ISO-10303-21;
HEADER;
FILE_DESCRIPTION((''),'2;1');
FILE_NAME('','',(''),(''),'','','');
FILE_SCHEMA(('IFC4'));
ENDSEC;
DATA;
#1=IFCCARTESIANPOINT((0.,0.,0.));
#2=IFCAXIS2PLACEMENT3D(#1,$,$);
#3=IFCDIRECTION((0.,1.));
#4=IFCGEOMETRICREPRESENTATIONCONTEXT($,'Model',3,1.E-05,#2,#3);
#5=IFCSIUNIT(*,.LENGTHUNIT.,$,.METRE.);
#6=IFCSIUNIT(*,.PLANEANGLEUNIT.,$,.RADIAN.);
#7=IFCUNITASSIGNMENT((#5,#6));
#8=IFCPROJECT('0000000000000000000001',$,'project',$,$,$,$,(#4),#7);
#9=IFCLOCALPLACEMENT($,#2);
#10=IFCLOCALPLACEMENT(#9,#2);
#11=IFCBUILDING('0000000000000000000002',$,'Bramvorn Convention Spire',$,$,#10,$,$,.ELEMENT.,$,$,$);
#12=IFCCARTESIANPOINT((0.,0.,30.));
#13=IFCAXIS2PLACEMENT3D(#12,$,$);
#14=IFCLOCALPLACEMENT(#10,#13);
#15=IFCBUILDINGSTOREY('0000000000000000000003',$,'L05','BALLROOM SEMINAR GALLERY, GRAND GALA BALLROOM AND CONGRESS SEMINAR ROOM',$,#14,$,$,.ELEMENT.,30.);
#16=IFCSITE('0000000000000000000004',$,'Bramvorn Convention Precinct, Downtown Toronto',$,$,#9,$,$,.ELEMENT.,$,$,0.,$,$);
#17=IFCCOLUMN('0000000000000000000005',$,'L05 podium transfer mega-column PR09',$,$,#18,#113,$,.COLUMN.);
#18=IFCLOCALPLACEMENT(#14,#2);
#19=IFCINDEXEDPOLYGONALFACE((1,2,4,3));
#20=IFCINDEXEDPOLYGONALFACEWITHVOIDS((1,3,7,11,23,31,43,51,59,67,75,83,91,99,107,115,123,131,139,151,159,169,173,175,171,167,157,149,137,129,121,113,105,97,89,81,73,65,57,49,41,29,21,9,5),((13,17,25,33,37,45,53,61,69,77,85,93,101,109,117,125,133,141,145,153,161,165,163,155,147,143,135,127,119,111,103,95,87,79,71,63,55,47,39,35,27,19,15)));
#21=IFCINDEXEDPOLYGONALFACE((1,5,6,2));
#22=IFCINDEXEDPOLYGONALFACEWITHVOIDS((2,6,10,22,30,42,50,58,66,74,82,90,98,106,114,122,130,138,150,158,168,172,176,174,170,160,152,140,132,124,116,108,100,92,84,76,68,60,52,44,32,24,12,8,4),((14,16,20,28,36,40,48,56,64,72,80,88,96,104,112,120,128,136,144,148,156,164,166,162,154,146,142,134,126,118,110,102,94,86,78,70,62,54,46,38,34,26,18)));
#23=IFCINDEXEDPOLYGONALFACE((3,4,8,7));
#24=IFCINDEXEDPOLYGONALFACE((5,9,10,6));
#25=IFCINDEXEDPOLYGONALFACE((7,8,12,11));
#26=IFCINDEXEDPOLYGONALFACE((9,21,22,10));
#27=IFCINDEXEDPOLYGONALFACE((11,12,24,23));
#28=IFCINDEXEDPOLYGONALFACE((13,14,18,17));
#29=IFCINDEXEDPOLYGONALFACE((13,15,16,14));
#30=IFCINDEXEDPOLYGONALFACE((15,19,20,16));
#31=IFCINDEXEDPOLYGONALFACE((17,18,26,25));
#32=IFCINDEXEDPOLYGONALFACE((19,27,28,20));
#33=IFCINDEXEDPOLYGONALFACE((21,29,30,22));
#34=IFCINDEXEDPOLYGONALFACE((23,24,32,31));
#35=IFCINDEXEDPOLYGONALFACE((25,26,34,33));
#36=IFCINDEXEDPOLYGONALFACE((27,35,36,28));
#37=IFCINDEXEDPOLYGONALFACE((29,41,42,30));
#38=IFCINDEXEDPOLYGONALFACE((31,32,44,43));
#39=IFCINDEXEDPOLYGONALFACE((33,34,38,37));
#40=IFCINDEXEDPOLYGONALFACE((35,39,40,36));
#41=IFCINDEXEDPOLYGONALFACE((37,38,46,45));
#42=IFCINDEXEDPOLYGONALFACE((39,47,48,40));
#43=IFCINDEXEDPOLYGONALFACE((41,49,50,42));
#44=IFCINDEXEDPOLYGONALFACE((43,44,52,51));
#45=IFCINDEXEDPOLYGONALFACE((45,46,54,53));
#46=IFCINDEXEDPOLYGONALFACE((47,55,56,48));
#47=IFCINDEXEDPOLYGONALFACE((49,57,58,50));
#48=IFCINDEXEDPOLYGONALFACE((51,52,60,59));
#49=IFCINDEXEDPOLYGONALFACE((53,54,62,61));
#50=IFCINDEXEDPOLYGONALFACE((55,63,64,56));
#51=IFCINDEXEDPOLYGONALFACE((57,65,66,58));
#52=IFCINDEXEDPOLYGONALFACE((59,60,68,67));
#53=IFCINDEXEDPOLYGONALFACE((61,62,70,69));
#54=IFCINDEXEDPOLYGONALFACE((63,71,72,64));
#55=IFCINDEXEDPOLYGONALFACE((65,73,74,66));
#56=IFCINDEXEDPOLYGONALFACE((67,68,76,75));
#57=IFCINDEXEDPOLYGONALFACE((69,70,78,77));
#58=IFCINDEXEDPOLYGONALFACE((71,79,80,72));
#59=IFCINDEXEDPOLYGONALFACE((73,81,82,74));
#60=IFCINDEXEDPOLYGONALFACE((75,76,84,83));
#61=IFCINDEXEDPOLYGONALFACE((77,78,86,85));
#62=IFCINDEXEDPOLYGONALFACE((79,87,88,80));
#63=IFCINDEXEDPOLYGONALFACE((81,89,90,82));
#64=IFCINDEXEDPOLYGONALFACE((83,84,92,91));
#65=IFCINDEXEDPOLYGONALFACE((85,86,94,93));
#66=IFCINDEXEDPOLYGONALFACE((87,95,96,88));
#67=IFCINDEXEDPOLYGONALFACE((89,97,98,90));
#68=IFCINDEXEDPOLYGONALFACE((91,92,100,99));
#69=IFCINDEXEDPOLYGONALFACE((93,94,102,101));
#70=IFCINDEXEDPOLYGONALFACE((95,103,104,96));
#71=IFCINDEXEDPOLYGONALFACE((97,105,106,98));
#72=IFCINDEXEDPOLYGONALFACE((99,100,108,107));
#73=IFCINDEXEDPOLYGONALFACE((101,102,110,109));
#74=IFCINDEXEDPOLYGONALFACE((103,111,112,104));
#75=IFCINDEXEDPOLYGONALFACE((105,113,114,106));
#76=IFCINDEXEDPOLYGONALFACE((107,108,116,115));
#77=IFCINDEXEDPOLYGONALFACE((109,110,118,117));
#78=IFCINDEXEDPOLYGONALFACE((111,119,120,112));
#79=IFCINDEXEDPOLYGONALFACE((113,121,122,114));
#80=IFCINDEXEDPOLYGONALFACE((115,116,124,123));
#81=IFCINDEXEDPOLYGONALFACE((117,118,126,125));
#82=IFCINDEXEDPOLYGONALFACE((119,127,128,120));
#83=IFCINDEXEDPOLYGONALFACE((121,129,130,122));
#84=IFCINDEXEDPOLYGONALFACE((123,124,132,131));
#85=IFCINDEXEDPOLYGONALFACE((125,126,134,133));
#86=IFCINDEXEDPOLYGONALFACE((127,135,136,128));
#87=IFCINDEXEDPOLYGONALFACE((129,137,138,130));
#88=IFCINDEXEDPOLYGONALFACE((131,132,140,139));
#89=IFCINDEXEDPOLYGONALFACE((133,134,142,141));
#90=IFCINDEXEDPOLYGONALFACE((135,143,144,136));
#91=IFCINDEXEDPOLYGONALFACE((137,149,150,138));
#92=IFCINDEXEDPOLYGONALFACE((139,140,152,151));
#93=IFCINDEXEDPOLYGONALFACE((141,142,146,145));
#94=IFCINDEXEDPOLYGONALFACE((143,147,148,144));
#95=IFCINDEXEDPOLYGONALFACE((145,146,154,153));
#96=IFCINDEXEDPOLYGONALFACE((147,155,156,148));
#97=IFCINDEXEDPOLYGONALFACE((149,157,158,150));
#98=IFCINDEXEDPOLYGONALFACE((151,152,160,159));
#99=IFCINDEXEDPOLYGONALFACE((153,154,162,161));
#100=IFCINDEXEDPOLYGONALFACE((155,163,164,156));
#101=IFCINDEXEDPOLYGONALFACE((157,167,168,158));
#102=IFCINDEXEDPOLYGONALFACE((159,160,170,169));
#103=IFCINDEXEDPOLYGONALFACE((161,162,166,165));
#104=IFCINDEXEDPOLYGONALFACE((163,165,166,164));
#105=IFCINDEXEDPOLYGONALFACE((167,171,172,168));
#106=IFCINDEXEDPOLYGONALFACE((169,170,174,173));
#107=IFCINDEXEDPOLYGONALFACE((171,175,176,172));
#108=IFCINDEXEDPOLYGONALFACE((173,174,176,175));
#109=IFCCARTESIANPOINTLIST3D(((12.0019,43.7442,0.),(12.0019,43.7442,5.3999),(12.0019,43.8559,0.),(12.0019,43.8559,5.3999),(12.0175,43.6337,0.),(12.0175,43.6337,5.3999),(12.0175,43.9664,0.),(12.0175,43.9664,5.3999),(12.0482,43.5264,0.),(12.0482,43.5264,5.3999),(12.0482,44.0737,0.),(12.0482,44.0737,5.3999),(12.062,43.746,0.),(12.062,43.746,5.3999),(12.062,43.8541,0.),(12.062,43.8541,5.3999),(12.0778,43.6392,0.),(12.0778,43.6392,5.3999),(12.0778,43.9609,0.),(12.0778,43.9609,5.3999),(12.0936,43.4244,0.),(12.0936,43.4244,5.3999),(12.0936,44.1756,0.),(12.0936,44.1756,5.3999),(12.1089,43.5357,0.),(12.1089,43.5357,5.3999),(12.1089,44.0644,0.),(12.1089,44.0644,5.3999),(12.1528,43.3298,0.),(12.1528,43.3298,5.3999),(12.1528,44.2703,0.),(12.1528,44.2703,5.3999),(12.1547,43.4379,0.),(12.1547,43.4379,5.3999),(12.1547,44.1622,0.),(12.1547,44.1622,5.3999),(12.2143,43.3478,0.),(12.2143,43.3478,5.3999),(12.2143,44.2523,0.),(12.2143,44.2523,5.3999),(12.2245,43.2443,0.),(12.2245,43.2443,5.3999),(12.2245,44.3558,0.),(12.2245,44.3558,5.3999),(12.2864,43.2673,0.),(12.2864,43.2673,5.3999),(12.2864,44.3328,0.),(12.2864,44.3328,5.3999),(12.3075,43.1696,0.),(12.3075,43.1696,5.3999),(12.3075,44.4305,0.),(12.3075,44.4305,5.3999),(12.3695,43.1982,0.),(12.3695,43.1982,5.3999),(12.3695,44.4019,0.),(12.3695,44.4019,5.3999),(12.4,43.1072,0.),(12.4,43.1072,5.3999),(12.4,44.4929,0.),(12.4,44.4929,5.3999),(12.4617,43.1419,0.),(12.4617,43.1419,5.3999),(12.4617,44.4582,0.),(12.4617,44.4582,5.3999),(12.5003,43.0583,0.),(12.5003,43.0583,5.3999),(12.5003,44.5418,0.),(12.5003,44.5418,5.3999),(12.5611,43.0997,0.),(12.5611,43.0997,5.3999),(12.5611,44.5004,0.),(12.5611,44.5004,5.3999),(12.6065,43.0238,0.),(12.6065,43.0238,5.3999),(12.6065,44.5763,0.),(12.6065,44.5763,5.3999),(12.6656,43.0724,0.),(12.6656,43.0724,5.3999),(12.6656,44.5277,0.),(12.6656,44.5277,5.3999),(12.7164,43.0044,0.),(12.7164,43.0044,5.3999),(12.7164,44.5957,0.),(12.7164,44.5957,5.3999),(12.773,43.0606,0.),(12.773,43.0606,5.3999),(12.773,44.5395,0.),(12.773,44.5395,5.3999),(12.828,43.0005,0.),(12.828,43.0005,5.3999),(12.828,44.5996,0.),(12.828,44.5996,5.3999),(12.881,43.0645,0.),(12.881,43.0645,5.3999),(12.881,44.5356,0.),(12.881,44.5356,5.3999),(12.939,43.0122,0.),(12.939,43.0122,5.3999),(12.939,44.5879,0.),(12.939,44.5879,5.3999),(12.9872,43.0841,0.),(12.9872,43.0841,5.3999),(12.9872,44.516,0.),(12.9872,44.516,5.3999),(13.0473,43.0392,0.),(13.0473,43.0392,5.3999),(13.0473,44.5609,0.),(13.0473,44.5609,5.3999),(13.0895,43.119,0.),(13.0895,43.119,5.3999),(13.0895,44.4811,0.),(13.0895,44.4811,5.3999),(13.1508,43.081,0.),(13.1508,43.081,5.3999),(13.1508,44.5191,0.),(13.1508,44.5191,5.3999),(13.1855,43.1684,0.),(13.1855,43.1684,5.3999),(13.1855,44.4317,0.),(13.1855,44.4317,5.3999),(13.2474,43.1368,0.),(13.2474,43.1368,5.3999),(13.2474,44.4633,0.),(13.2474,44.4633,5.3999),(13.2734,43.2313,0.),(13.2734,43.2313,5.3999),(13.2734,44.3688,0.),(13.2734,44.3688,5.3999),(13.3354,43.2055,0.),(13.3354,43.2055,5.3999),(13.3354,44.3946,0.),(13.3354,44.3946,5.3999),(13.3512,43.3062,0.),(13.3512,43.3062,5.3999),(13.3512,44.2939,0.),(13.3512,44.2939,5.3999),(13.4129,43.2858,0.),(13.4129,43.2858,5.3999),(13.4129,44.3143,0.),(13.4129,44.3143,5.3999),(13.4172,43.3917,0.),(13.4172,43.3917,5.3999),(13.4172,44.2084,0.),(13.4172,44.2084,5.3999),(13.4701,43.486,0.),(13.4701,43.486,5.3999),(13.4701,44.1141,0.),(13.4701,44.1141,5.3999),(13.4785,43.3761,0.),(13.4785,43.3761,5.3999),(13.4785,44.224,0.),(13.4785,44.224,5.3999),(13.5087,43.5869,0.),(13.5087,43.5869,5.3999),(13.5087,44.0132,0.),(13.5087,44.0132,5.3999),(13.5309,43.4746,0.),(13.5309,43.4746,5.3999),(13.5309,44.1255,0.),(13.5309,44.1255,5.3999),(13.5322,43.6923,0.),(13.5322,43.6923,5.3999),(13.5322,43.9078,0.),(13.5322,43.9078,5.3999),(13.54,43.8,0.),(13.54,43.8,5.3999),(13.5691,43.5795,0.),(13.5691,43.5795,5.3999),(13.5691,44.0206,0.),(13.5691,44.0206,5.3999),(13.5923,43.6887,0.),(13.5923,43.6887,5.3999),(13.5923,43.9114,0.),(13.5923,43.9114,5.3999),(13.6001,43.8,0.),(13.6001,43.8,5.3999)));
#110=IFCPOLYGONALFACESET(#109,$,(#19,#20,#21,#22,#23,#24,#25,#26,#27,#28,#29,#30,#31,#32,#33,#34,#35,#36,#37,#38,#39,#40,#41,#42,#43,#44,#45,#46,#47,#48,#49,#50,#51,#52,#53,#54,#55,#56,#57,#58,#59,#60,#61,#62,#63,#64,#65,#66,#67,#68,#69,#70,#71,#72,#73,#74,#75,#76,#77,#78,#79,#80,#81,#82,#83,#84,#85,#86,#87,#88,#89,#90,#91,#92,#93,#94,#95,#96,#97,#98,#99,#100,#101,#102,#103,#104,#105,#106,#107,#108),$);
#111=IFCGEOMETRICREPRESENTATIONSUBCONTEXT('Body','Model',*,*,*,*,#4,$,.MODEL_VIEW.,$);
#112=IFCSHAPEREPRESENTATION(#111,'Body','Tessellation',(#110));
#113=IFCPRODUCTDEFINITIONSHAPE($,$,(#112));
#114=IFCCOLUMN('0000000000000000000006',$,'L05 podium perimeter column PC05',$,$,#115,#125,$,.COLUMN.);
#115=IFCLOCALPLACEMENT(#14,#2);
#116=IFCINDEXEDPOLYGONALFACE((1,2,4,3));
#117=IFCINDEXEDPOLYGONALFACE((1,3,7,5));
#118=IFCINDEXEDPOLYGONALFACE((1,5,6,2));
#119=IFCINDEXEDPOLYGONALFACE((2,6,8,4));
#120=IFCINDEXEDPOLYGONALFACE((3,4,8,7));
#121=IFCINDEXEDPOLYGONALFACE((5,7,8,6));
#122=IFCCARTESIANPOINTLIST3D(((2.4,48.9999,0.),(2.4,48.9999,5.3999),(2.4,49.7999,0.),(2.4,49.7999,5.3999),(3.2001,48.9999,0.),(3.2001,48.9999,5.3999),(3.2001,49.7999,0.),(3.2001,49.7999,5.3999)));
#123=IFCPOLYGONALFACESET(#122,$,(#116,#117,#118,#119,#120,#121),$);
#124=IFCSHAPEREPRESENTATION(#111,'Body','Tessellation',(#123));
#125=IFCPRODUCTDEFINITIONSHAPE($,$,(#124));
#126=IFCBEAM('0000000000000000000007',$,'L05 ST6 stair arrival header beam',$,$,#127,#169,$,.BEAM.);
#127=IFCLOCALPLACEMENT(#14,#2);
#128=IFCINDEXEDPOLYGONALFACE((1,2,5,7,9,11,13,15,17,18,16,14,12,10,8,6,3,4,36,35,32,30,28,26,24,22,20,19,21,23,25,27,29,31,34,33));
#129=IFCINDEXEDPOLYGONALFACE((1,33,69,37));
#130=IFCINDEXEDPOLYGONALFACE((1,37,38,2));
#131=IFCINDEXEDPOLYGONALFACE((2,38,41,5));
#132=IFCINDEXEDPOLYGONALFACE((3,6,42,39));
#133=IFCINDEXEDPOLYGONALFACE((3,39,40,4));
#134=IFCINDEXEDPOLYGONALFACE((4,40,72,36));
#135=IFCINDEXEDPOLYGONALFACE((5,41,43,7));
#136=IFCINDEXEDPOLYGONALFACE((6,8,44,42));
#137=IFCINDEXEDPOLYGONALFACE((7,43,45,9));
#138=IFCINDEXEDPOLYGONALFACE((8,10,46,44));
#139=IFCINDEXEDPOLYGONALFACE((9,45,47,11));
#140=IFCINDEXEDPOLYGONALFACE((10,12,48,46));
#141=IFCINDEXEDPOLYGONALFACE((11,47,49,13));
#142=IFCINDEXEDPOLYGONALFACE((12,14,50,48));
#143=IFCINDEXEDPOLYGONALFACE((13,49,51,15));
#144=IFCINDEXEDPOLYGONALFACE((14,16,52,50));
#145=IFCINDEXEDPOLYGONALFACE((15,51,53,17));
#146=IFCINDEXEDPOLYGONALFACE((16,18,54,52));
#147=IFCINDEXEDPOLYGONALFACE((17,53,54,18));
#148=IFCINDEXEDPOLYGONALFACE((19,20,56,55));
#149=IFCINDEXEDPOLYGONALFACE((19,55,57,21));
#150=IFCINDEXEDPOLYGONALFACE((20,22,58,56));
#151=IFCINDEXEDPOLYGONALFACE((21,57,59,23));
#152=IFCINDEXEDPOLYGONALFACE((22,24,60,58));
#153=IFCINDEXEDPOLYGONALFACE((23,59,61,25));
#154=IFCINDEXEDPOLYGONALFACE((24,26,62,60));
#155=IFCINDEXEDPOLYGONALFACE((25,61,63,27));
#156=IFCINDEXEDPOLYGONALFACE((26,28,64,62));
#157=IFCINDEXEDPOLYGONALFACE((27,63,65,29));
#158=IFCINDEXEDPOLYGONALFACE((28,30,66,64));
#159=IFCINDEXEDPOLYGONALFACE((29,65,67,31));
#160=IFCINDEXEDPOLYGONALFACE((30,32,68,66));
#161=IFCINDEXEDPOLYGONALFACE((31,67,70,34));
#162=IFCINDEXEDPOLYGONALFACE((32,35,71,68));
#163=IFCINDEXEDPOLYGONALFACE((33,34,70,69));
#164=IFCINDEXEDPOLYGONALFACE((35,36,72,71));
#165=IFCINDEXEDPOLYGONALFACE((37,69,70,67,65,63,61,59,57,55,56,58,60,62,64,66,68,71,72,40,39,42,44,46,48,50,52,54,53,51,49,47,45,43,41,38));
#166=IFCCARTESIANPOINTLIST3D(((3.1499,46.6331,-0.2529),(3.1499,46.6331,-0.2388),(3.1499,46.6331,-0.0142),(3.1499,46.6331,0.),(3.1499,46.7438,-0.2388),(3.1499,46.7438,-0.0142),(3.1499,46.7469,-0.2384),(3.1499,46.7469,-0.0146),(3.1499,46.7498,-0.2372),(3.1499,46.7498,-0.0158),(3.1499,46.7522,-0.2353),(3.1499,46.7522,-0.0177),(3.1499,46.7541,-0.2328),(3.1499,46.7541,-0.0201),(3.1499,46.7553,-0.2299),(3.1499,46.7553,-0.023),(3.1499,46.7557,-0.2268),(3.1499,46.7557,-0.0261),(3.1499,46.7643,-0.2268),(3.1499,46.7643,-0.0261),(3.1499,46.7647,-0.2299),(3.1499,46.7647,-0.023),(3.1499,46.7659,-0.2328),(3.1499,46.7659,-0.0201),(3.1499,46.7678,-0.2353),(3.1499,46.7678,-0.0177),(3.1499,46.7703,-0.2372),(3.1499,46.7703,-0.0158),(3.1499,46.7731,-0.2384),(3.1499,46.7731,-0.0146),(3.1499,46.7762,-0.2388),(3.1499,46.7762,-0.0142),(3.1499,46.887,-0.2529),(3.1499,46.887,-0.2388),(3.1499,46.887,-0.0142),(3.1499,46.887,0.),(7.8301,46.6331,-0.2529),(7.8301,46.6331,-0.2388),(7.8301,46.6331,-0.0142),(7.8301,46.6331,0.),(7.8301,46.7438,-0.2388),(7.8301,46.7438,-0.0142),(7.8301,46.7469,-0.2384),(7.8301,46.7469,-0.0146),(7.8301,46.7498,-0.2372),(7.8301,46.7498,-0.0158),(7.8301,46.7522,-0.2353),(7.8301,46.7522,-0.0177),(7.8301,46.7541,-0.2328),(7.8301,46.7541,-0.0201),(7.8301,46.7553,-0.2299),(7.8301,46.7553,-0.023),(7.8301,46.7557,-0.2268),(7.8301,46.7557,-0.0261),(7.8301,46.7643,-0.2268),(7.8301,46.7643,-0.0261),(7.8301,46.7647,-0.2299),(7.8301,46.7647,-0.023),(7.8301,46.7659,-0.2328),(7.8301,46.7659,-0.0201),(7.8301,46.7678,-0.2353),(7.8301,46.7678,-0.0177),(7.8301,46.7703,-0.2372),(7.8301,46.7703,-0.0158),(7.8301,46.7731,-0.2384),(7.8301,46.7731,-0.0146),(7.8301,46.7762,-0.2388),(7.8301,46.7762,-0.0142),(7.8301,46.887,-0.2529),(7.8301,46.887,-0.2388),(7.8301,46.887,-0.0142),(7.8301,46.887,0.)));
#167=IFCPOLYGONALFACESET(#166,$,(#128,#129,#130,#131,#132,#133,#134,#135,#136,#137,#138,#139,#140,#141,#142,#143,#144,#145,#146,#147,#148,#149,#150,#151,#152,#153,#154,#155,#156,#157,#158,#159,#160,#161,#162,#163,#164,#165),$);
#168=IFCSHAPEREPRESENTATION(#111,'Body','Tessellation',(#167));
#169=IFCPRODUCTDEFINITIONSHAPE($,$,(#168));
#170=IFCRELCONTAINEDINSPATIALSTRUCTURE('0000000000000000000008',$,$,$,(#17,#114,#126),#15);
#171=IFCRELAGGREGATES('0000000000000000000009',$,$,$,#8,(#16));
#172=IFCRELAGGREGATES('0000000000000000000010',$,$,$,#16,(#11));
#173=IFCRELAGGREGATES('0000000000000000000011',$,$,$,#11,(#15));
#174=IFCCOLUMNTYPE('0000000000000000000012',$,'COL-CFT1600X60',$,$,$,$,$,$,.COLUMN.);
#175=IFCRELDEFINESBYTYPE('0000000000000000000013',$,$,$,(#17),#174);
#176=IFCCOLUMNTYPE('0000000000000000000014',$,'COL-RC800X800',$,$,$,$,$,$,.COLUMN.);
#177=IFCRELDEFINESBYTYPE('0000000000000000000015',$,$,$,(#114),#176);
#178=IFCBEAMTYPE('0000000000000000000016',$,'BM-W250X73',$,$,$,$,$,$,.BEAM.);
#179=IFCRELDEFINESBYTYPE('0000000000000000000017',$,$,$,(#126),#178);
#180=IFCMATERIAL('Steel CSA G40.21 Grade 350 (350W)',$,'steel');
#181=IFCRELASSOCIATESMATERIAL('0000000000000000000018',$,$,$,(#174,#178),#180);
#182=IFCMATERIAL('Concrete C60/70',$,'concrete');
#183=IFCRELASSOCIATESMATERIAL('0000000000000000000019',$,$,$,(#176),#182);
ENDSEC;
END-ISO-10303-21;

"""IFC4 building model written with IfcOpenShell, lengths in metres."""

from ifc_helpers import new_model, si_unit, direction, frame, origin, origin_2d, place, context, subcontext, project, spatial, rectangle, hollow_circle, i_section, extrude, material, material_profile, profile_set, type_object, element, save


model = new_model("IFC4")

# Units and contexts
model_context = context("Model", 3, precision=1e-05, world=origin(), true_north=direction((0.0, 1.0)))
body_context = subcontext(model_context, "Body", "Model", "MODEL_VIEW")
ifc_project = project(units=[si_unit("LENGTHUNIT", "METRE"), si_unit("PLANEANGLEUNIT", "RADIAN")], contexts=[model_context])

# Site, building, storey
site_placement = place(None, origin())
site = spatial("IfcSite", under=ifc_project, at=site_placement, Name="Bramvorn Convention Precinct, Downtown Toronto", CompositionType="ELEMENT", RefElevation=0.0)
building_placement = place(site_placement, origin())
building = spatial("IfcBuilding", under=site, at=building_placement, Name="Bramvorn Convention Spire", CompositionType="ELEMENT")
storey_placement = place(building_placement, frame((0.0, 0.0, 30.0)))
storey = spatial("IfcBuildingStorey", under=building, at=storey_placement, Name="L05", Description="BALLROOM SEMINAR GALLERY, GRAND GALA BALLROOM AND CONGRESS SEMINAR ROOM", CompositionType="ELEMENT", Elevation=30.0)

# Columns
ifc_material_1 = material(Name="Steel CSA G40.21 Grade 350 (350W)", Category="steel")
ifc_material_profile_1 = material_profile(ifc_material_1, hollow_circle(Radius=0.8, WallThickness=0.0601, at=origin_2d()))
ifc_profile_set_1 = profile_set([ifc_material_profile_1], Name="Steel CSA G40.21 Grade 350 (350W) - CFT1600X60")
column_type_1 = type_object("IfcColumnType", Name="COL-CFT1600X60", PredefinedType="COLUMN", material=ifc_profile_set_1)
column_1_placement = place(storey_placement, frame((12.8, 43.8, 0.0), z_axis=(0.0, 0.0, 1.0), x_axis=(1.0, 0.0, 0.0)))
element("IfcColumn", 1, at=column_1_placement, inside=storey, type_object=column_type_1, Name="L05 podium transfer mega-column PR09", PredefinedType="COLUMN", context=body_context, shape_type="SweptSolid", body=[
    extrude(hollow_circle(Radius=0.8, WallThickness=0.0601, at=origin_2d()), origin(), (0.0, 0.0, 1.0), 5.3999),
])
ifc_material_2 = material(Name="Concrete C60/70", Category="concrete")
ifc_material_profile_2 = material_profile(ifc_material_2, rectangle(XDim=0.8, YDim=0.8, at=origin_2d()))
ifc_profile_set_2 = profile_set([ifc_material_profile_2], Name="Concrete C60/70 - RC800X800")
column_type_2 = type_object("IfcColumnType", Name="COL-RC800X800", PredefinedType="COLUMN", material=ifc_profile_set_2)
column_2_placement = place(storey_placement, frame((2.8, 49.3999, 0.0), z_axis=(0.0, 0.0, 1.0), x_axis=(1.0, 0.0, 0.0)))
element("IfcColumn", 2, at=column_2_placement, inside=storey, type_object=column_type_2, Name="L05 podium perimeter column PC05", PredefinedType="COLUMN", context=body_context, shape_type="SweptSolid", body=[
    extrude(rectangle(XDim=0.8, YDim=0.8, at=origin_2d()), origin(), (0.0, 0.0, 1.0), 5.3999),
])

# Beam
ifc_material_profile_3 = material_profile(ifc_material_1, i_section(OverallWidth=0.2539, OverallDepth=0.2529, WebThickness=0.0085, FlangeThickness=0.0142, FilletRadius=0.012, at=origin_2d()))
ifc_profile_set_3 = profile_set([ifc_material_profile_3], Name="Steel CSA G40.21 Grade 350 (350W) - W250X73")
beam_type_1 = type_object("IfcBeamType", Name="BM-W250X73", PredefinedType="BEAM", material=ifc_profile_set_3)
beam_1_placement = place(storey_placement, frame((3.1499, 46.76, -0.1265), z_axis=(1.0, 0.0, 0.0), x_axis=(0.0, 1.0, 0.0)))
element("IfcBeam", 3, at=beam_1_placement, inside=storey, type_object=beam_type_1, Name="L05 ST6 stair arrival header beam", PredefinedType="BEAM", context=body_context, shape_type="SweptSolid", body=[
    extrude(i_section(OverallWidth=0.2539, OverallDepth=0.2529, WebThickness=0.0085, FlangeThickness=0.0142, FilletRadius=0.012, at=origin_2d()), origin(), (0.0, 0.0, 1.0), 4.6802),
])

save(model, "model.ifc")
